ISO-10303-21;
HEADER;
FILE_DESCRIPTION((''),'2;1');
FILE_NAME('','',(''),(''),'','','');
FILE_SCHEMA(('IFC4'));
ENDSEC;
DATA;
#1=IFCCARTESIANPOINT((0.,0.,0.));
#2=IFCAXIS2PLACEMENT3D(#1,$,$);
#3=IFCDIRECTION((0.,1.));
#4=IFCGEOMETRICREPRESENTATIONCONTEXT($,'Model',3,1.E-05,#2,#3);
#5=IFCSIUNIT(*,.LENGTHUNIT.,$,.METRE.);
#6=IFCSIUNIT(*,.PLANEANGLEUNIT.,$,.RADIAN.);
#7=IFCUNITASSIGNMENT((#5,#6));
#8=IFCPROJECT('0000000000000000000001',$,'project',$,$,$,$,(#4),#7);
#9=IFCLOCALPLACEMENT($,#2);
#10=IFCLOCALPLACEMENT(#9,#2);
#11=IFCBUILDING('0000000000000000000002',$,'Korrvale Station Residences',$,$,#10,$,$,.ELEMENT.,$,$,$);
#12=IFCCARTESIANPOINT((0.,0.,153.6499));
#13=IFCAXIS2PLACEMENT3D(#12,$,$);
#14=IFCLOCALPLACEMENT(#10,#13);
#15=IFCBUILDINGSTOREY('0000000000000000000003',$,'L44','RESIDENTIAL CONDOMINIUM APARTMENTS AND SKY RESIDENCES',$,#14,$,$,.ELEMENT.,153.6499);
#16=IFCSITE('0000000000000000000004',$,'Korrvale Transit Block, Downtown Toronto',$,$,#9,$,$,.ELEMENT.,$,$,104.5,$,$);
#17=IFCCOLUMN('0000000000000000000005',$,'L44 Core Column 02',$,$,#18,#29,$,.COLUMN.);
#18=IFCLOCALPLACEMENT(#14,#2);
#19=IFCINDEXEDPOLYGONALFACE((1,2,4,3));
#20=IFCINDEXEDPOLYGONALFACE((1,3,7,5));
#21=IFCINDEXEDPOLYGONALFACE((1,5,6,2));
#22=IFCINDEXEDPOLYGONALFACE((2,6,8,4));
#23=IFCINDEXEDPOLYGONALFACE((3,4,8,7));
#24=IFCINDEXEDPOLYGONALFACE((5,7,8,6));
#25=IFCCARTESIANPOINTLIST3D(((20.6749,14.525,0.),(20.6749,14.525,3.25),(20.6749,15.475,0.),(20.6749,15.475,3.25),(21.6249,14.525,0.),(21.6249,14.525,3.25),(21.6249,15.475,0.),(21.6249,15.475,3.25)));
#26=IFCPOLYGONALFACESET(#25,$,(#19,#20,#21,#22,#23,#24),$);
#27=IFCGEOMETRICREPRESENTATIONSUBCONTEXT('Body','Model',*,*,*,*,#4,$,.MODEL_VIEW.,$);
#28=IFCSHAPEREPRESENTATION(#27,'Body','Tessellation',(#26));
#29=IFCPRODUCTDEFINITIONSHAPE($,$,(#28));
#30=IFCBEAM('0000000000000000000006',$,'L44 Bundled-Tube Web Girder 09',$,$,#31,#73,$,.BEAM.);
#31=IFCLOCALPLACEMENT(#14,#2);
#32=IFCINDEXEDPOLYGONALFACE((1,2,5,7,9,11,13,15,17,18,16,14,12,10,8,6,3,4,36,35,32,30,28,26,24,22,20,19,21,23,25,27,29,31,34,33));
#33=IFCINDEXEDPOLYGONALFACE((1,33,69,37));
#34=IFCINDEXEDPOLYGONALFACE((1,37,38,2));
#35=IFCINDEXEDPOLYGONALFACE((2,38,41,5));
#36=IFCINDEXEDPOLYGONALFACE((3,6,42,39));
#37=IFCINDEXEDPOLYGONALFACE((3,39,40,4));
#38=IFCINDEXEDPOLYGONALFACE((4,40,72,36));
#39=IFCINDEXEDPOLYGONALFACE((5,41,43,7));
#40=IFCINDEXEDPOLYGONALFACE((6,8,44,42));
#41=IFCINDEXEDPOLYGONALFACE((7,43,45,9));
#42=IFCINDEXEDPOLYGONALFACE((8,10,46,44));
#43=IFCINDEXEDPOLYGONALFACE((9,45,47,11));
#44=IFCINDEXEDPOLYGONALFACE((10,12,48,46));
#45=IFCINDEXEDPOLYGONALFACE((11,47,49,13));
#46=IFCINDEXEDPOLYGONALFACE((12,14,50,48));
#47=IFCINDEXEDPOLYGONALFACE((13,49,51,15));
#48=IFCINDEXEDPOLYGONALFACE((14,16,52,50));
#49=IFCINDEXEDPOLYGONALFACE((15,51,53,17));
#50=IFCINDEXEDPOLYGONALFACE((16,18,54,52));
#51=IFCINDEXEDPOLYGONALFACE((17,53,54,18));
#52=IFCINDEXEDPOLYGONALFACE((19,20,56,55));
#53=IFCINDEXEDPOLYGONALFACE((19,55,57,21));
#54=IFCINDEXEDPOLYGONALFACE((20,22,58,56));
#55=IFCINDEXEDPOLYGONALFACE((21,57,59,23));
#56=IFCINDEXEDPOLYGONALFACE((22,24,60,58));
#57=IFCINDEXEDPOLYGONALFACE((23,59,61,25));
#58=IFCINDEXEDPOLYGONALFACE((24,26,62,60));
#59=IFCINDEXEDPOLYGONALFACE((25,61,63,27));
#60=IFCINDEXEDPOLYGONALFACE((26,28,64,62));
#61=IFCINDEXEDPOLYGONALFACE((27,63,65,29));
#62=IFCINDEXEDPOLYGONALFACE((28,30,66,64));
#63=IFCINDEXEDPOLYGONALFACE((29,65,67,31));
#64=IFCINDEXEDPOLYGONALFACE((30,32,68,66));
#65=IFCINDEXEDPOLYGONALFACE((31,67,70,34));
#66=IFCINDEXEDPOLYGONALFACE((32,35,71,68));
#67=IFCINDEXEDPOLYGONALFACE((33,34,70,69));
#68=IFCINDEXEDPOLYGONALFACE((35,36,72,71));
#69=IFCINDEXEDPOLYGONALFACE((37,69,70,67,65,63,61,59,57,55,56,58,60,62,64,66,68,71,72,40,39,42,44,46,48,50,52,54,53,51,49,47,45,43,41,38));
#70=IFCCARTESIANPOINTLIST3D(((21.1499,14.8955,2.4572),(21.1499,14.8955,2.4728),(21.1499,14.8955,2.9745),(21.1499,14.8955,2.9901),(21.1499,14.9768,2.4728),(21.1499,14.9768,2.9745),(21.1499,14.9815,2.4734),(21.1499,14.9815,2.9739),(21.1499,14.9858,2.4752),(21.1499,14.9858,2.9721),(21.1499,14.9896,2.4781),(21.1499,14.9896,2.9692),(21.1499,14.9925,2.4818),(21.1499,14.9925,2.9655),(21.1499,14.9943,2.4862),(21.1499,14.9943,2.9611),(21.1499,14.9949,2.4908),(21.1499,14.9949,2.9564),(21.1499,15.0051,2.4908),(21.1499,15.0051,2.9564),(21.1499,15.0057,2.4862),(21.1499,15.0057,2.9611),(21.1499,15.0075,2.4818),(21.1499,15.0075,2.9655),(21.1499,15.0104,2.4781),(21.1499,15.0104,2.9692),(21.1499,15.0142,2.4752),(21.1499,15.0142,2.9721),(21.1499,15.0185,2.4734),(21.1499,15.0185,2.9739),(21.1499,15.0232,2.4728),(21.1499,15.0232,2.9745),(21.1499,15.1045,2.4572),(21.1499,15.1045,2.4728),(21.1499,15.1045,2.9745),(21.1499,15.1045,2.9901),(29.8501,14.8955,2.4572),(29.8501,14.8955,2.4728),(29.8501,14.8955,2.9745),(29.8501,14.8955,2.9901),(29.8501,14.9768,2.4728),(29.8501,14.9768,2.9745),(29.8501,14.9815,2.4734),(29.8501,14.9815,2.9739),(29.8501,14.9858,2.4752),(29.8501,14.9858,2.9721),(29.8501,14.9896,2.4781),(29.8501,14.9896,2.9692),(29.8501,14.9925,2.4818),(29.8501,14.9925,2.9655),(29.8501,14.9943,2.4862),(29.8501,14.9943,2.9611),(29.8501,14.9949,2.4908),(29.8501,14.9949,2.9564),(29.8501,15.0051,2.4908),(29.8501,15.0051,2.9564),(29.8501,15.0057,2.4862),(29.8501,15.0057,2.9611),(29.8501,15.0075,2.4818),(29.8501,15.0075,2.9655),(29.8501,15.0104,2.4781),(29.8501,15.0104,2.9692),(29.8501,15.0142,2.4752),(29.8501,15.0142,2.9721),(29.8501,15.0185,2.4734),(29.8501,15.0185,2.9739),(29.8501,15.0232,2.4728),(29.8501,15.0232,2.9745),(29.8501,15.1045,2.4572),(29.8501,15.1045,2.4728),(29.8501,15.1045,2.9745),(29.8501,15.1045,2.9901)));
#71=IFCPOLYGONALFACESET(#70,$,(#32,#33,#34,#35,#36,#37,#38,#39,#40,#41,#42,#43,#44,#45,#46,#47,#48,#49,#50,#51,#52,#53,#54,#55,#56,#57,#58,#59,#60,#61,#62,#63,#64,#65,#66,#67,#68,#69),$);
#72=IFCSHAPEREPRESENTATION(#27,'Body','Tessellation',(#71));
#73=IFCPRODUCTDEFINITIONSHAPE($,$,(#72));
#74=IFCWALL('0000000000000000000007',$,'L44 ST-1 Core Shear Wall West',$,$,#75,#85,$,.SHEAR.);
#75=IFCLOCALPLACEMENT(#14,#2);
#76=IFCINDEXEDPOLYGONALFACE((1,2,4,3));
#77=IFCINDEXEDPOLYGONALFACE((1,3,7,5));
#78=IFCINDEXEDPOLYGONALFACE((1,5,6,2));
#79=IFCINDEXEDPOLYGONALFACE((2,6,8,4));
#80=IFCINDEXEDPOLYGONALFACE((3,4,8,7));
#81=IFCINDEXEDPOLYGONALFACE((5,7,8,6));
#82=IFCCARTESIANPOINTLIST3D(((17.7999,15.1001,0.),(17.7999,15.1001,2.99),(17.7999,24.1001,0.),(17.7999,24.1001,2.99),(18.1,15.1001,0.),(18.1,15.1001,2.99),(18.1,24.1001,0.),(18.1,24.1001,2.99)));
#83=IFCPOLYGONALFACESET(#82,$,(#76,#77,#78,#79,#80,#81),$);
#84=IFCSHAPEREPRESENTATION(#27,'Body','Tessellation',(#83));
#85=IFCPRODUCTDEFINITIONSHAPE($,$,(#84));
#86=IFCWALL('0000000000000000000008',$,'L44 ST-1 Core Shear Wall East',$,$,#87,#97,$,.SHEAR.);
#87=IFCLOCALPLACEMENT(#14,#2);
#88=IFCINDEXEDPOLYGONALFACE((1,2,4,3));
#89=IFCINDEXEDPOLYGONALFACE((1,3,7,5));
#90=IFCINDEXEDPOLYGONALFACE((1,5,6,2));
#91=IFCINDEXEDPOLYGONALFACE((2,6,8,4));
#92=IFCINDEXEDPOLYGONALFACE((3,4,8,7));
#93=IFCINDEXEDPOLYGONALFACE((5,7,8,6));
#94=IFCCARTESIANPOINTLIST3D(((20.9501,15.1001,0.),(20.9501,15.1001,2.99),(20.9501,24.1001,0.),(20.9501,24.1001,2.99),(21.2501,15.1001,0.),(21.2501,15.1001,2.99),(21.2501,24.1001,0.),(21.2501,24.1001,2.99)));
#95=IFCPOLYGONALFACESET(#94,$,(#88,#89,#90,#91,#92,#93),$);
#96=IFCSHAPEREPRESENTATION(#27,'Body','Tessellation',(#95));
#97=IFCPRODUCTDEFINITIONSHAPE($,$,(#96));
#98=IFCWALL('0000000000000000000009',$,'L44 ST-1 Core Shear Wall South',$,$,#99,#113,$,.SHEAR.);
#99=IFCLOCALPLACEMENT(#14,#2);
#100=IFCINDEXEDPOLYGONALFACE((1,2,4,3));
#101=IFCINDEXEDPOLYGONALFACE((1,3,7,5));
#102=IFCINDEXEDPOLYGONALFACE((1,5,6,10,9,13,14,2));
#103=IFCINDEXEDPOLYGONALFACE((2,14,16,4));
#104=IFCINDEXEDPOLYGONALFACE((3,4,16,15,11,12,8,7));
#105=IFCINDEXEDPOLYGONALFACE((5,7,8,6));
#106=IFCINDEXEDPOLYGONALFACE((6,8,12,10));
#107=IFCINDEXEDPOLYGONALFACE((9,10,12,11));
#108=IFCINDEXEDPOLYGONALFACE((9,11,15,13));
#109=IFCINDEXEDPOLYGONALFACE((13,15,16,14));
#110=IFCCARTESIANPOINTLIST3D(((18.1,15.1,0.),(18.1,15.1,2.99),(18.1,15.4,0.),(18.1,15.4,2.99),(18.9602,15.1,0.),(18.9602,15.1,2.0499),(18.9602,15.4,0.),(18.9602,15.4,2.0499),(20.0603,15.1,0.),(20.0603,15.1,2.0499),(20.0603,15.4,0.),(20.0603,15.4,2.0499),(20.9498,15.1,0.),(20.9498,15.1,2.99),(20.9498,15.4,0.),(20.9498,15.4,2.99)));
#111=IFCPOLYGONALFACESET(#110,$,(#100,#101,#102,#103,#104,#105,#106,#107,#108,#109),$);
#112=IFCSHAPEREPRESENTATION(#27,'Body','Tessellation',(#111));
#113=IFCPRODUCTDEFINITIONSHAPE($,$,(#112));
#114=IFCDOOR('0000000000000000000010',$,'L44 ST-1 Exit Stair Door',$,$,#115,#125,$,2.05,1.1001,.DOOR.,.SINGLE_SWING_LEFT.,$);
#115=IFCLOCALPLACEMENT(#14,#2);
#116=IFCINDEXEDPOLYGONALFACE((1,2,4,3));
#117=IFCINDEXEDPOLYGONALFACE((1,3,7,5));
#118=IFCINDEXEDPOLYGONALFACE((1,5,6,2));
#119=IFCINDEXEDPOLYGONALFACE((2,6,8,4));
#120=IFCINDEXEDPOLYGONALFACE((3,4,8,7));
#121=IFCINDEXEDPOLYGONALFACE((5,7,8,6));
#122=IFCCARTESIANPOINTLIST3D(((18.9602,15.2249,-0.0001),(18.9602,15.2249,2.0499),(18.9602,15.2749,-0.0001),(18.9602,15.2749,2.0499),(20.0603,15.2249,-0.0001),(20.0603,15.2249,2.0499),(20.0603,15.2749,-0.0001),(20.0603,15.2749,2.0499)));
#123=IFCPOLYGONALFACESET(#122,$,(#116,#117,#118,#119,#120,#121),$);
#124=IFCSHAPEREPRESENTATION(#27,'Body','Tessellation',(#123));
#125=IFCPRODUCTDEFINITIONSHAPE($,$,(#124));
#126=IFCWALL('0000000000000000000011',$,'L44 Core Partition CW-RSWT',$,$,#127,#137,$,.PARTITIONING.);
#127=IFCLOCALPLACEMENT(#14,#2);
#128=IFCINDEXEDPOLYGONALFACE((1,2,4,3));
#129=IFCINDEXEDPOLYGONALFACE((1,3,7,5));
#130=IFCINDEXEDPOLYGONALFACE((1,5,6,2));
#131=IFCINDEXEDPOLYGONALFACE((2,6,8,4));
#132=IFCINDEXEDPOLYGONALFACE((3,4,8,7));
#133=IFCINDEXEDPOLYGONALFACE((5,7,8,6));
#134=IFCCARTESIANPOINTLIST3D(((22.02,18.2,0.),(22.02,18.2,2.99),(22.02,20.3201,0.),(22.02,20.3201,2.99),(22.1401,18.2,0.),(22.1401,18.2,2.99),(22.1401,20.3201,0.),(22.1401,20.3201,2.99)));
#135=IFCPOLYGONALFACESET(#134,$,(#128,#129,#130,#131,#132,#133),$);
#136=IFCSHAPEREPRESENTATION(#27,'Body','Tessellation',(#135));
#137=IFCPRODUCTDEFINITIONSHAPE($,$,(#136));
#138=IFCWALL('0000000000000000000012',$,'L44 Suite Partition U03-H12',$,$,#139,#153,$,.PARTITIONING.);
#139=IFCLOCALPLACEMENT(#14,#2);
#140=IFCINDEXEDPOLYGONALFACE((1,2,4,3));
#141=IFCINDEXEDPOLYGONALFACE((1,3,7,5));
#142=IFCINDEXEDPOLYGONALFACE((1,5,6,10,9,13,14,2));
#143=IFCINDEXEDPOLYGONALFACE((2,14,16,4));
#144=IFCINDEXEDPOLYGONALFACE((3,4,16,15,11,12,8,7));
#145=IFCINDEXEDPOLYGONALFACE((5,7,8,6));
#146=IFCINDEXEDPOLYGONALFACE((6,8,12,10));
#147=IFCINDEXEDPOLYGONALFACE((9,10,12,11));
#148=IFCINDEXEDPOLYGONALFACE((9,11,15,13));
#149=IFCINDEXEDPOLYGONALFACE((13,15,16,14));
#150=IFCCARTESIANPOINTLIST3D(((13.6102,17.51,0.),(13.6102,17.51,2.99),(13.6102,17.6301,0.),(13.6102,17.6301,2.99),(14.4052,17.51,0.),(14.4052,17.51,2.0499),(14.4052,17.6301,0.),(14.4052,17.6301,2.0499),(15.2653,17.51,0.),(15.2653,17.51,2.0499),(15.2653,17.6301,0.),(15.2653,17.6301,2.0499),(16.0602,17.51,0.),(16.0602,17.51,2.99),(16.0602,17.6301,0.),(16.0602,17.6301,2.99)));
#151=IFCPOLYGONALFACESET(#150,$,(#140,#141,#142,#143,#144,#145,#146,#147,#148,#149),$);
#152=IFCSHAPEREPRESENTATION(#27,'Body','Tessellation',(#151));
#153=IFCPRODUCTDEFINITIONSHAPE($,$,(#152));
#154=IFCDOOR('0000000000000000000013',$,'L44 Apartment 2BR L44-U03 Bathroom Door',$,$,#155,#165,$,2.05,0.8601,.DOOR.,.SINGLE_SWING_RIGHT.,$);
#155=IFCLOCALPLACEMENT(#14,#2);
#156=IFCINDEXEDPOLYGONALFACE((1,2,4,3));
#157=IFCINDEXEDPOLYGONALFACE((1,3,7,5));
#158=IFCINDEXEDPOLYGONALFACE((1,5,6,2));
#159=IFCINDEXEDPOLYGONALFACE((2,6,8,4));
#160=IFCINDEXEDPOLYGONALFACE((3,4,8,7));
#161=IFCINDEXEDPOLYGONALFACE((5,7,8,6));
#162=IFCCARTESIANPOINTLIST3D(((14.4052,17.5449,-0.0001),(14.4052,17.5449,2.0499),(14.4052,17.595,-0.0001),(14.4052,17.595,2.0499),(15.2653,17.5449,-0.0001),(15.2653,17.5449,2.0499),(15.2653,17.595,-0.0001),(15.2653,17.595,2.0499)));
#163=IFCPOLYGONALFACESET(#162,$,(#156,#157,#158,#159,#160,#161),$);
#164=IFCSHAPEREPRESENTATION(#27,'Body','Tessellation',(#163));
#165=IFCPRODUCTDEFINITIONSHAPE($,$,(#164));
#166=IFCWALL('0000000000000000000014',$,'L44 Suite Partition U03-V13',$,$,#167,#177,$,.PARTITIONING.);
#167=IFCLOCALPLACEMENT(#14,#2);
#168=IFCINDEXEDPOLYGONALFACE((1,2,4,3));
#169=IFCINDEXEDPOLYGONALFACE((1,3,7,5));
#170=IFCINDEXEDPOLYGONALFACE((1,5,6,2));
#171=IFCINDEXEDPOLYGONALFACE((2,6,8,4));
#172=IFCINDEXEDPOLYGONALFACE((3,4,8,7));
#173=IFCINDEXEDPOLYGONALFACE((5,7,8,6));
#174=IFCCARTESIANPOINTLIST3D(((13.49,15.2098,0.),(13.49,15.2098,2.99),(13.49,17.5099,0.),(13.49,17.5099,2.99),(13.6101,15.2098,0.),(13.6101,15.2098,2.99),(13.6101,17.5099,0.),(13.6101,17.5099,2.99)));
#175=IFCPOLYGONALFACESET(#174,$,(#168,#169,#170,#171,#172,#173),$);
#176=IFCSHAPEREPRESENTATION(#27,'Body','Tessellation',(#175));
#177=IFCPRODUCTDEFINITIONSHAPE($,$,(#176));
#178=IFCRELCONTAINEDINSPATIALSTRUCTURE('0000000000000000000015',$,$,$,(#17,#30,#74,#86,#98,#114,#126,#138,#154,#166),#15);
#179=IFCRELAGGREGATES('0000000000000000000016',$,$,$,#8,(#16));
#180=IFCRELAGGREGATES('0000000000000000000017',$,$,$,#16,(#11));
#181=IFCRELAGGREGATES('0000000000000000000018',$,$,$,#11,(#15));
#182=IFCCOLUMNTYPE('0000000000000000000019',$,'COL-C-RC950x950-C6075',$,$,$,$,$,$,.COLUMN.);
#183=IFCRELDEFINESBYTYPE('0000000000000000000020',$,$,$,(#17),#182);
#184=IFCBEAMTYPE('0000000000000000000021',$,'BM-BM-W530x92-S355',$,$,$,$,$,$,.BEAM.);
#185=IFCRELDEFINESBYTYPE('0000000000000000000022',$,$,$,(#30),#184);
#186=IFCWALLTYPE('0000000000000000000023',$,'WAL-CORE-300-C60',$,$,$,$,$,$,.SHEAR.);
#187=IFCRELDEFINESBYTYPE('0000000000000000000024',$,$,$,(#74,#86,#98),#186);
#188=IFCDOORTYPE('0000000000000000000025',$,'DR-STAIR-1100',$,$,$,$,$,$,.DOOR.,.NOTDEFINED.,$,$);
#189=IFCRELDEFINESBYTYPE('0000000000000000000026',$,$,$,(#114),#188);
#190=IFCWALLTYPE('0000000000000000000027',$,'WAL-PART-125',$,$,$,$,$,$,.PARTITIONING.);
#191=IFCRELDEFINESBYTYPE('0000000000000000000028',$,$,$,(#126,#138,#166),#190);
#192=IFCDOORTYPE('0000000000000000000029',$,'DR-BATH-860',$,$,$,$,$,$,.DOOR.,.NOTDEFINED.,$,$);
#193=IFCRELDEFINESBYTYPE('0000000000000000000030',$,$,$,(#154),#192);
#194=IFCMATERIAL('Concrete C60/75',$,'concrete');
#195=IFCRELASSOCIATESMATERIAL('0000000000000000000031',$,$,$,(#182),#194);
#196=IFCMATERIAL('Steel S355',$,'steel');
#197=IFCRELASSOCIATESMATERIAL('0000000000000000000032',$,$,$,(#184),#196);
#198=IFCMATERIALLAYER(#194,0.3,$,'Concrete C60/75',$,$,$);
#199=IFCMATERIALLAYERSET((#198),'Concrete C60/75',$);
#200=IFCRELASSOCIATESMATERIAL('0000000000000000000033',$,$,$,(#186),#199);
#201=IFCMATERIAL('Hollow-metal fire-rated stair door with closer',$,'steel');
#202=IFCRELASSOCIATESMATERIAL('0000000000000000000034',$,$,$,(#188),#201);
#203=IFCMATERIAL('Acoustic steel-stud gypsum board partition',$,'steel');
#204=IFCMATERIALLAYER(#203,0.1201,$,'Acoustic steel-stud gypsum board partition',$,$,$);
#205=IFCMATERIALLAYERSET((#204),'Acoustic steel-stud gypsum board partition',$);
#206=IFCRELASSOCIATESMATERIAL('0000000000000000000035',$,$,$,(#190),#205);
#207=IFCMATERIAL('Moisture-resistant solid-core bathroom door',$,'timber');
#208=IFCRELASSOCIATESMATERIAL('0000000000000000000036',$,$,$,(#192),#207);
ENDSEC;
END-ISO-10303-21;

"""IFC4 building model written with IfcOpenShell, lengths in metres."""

from ifc_helpers import new_model, si_unit, direction, frame, frame_2d, origin, origin_2d, place, context, subcontext, project, spatial, rectangle, i_section, extrude, material, layer, layer_set, material_profile, profile_set, type_object, element, fill, save


model = new_model("IFC4")

# Units and contexts
model_context = context("Model", 3, precision=1e-05, world=origin(), true_north=direction((0.0, 1.0)))
body_context = subcontext(model_context, "Body", "Model", "MODEL_VIEW")
ifc_project = project(units=[si_unit("LENGTHUNIT", "METRE"), si_unit("PLANEANGLEUNIT", "RADIAN")], contexts=[model_context])

# Site, building, storey
site_placement = place(None, origin())
site = spatial("IfcSite", under=ifc_project, at=site_placement, Name="Korrvale Transit Block, Downtown Toronto", CompositionType="ELEMENT", RefElevation=104.5)
building_placement = place(site_placement, origin())
building = spatial("IfcBuilding", under=site, at=building_placement, Name="Korrvale Station Residences", CompositionType="ELEMENT")
storey_placement = place(building_placement, frame((0.0, 0.0, 153.6499)))
storey = spatial("IfcBuildingStorey", under=building, at=storey_placement, Name="L44", Description="RESIDENTIAL CONDOMINIUM APARTMENTS AND SKY RESIDENCES", CompositionType="ELEMENT", Elevation=153.6499)

# Column
ifc_material_1 = material(Name="Concrete C60/75", Category="concrete")
ifc_material_profile_1 = material_profile(ifc_material_1, rectangle(XDim=0.95, YDim=0.95, at=origin_2d()), Name="RC950x950")
ifc_profile_set_1 = profile_set([ifc_material_profile_1], Name="Concrete C60/75")
column_type = type_object("IfcColumnType", Name="COL-C-RC950x950-C6075", PredefinedType="COLUMN", material=ifc_profile_set_1)
column_placement = place(storey_placement, frame((21.1499, 15.0, 0.0), z_axis=(0.0, 0.0, 1.0), x_axis=(1.0, 0.0, 0.0)))
element("IfcColumn", 1, at=column_placement, inside=storey, type_object=column_type, Name="L44 Core Column 02", PredefinedType="COLUMN", context=body_context, shape_type="SweptSolid", body=[
    extrude(rectangle(XDim=0.95, YDim=0.95, at=origin_2d()), origin(), (0.0, 0.0, 1.0), 3.25),
])

# Beam
ifc_material_2 = material(Name="Steel S355", Category="steel")
ifc_material_profile_2 = material_profile(ifc_material_2, i_section(OverallWidth=0.209, OverallDepth=0.533, WebThickness=0.0103, FlangeThickness=0.0156, FilletRadius=0.0181, at=origin_2d()), Name="W530x92")
ifc_profile_set_2 = profile_set([ifc_material_profile_2], Name="Steel S355")
beam_type = type_object("IfcBeamType", Name="BM-BM-W530x92-S355", PredefinedType="BEAM", material=ifc_profile_set_2)
beam_placement = place(storey_placement, frame((21.1499, 15.0, 2.7236), z_axis=(1.0, 0.0, 0.0), x_axis=(0.0, 1.0, 0.0)))
element("IfcBeam", 2, at=beam_placement, inside=storey, type_object=beam_type, Name="L44 Bundled-Tube Web Girder 09", PredefinedType="BEAM", context=body_context, shape_type="SweptSolid", body=[
    extrude(i_section(OverallWidth=0.209, OverallDepth=0.533, WebThickness=0.0103, FlangeThickness=0.0156, FilletRadius=0.0181, at=origin_2d()), origin(), (0.0, 0.0, 1.0), 8.7002),
])

# Walls
ifc_layer_1 = layer(ifc_material_1, 0.3, Name="Concrete C60/75")
ifc_layer_set_1 = layer_set([ifc_layer_1], Name="Concrete C60/75")
wall_type_1 = type_object("IfcWallType", Name="WAL-CORE-300-C60", PredefinedType="SHEAR", material=ifc_layer_set_1)
for number, where, z_axis, x_axis, name in (
    (3, (17.95, 15.1001, 0.0), (0.0, 0.0, 1.0), (0.0, 1.0, 0.0), "L44 ST-1 Core Shear Wall West"),
    (4, (21.1001, 15.1001, 0.0), (0.0, 0.0, 1.0), (0.0, 1.0, 0.0), "L44 ST-1 Core Shear Wall East"),
):
    element("IfcWall", number, at=place(storey_placement, frame(where, z_axis=z_axis, x_axis=x_axis)), inside=storey, type_object=wall_type_1, Name=name, PredefinedType="SHEAR", context=body_context, shape_type="SweptSolid", body=[
        extrude(rectangle(XDim=9.0, YDim=0.3, at=frame_2d((4.5, 0.0))), origin(), (0.0, 0.0, 1.0), 2.99),
    ])

# Wall, opening, door
wall_1_placement = place(storey_placement, frame((18.1001, 15.25, 0.0), z_axis=(0.0, 0.0, 1.0), x_axis=(1.0, 0.0, 0.0)))
wall_1 = element("IfcWall", 5, at=wall_1_placement, inside=storey, type_object=wall_type_1, Name="L44 ST-1 Core Shear Wall South", PredefinedType="SHEAR", context=body_context, shape_type="SweptSolid", body=[
    extrude(rectangle(XDim=2.8499, YDim=0.3, at=frame_2d((1.4248, 0.0))), origin(), (0.0, 0.0, 1.0), 2.99),
])
opening_1_placement = place(wall_1_placement, frame((0.8601, 0.0, 0.0)))
opening_1 = element("IfcOpeningElement", 6, at=opening_1_placement, cuts=wall_1, PredefinedType="OPENING", context=body_context, shape_type="SweptSolid", body=[
    extrude(rectangle(XDim=1.1001, YDim=2.05, at=frame_2d((0.55, 1.0249))), frame((0.0, 0.1602, 0.0), z_axis=(0.0, -1.0, 0.0), x_axis=(1.0, 0.0, 0.0)), (0.0, 0.0, 1.0), 0.3201),
])
ifc_material_3 = material(Name="Hollow-metal fire-rated stair door with closer", Category="steel")
door_type_1 = type_object("IfcDoorType", Name="DR-STAIR-1100", OperationType="NOTDEFINED", PredefinedType="DOOR", material=ifc_material_3)
door_1_placement = place(opening_1_placement, origin())
door_1 = element("IfcDoor", 7, at=door_1_placement, inside=storey, type_object=door_type_1, Name="L44 ST-1 Exit Stair Door", OperationType="SINGLE_SWING_LEFT", OverallHeight=2.05, OverallWidth=1.1001, PredefinedType="DOOR", context=body_context, shape_type="SweptSolid", body=[
    extrude(rectangle(XDim=1.1001, YDim=2.05, at=frame_2d((0.55, 1.0249))), frame((0.0, 0.0249, 0.0), z_axis=(0.0, -1.0, 0.0), x_axis=(1.0, 0.0, 0.0)), (0.0, 0.0, 1.0), 0.05),
])
fill(opening_1, door_1)

# Wall
ifc_material_4 = material(Name="Acoustic steel-stud gypsum board partition", Category="steel")
ifc_layer_2 = layer(ifc_material_4, 0.1201, Name="Acoustic steel-stud gypsum board partition")
ifc_layer_set_2 = layer_set([ifc_layer_2], Name="Acoustic steel-stud gypsum board partition")
wall_type_2 = type_object("IfcWallType", Name="WAL-PART-125", PredefinedType="PARTITIONING", material=ifc_layer_set_2)
wall_2_placement = place(storey_placement, frame((22.0801, 18.2, 0.0), z_axis=(0.0, 0.0, 1.0), x_axis=(0.0, 1.0, 0.0)))
element("IfcWall", 8, at=wall_2_placement, inside=storey, type_object=wall_type_2, Name="L44 Core Partition CW-RSWT", PredefinedType="PARTITIONING", context=body_context, shape_type="SweptSolid", body=[
    extrude(rectangle(XDim=2.1201, YDim=0.1201, at=frame_2d((1.0601, 0.0))), origin(), (0.0, 0.0, 1.0), 2.99),
])

# Wall, opening, door
wall_3_placement = place(storey_placement, frame((13.6101, 17.5701, 0.0), z_axis=(0.0, 0.0, 1.0), x_axis=(1.0, 0.0, 0.0)))
wall_3 = element("IfcWall", 9, at=wall_3_placement, inside=storey, type_object=wall_type_2, Name="L44 Suite Partition U03-H12", PredefinedType="PARTITIONING", context=body_context, shape_type="SweptSolid", body=[
    extrude(rectangle(XDim=2.45, YDim=0.1201, at=frame_2d((1.2251, 0.0))), origin(), (0.0, 0.0, 1.0), 2.99),
])
opening_2_placement = place(wall_3_placement, frame((0.7949, 0.0, 0.0)))
opening_2 = element("IfcOpeningElement", 10, at=opening_2_placement, cuts=wall_3, PredefinedType="OPENING", context=body_context, shape_type="SweptSolid", body=[
    extrude(rectangle(XDim=0.8601, YDim=2.05, at=frame_2d((0.4302, 1.0249))), frame((0.0, 0.0701, 0.0), z_axis=(0.0, -1.0, 0.0), x_axis=(1.0, 0.0, 0.0)), (0.0, 0.0, 1.0), 0.1401),
])
ifc_material_5 = material(Name="Moisture-resistant solid-core bathroom door", Category="timber")
door_type_2 = type_object("IfcDoorType", Name="DR-BATH-860", OperationType="NOTDEFINED", PredefinedType="DOOR", material=ifc_material_5)
door_2_placement = place(opening_2_placement, origin())
door_2 = element("IfcDoor", 11, at=door_2_placement, inside=storey, type_object=door_type_2, Name="L44 Apartment 2BR L44-U03 Bathroom Door", OperationType="SINGLE_SWING_RIGHT", OverallHeight=2.05, OverallWidth=0.8601, PredefinedType="DOOR", context=body_context, shape_type="SweptSolid", body=[
    extrude(rectangle(XDim=0.8601, YDim=2.05, at=frame_2d((0.4302, 1.0249))), frame((0.0, 0.0249, 0.0), z_axis=(0.0, -1.0, 0.0), x_axis=(1.0, 0.0, 0.0)), (0.0, 0.0, 1.0), 0.05),
])
fill(opening_2, door_2)

# Wall
wall_4_placement = place(storey_placement, frame((13.55, 15.21, 0.0), z_axis=(0.0, 0.0, 1.0), x_axis=(0.0, 1.0, 0.0)))
element("IfcWall", 12, at=wall_4_placement, inside=storey, type_object=wall_type_2, Name="L44 Suite Partition U03-V13", PredefinedType="PARTITIONING", context=body_context, shape_type="SweptSolid", body=[
    extrude(rectangle(XDim=2.3, YDim=0.1201, at=frame_2d((1.1499, 0.0))), origin(), (0.0, 0.0, 1.0), 2.99),
])

save(model, "model.ifc")
